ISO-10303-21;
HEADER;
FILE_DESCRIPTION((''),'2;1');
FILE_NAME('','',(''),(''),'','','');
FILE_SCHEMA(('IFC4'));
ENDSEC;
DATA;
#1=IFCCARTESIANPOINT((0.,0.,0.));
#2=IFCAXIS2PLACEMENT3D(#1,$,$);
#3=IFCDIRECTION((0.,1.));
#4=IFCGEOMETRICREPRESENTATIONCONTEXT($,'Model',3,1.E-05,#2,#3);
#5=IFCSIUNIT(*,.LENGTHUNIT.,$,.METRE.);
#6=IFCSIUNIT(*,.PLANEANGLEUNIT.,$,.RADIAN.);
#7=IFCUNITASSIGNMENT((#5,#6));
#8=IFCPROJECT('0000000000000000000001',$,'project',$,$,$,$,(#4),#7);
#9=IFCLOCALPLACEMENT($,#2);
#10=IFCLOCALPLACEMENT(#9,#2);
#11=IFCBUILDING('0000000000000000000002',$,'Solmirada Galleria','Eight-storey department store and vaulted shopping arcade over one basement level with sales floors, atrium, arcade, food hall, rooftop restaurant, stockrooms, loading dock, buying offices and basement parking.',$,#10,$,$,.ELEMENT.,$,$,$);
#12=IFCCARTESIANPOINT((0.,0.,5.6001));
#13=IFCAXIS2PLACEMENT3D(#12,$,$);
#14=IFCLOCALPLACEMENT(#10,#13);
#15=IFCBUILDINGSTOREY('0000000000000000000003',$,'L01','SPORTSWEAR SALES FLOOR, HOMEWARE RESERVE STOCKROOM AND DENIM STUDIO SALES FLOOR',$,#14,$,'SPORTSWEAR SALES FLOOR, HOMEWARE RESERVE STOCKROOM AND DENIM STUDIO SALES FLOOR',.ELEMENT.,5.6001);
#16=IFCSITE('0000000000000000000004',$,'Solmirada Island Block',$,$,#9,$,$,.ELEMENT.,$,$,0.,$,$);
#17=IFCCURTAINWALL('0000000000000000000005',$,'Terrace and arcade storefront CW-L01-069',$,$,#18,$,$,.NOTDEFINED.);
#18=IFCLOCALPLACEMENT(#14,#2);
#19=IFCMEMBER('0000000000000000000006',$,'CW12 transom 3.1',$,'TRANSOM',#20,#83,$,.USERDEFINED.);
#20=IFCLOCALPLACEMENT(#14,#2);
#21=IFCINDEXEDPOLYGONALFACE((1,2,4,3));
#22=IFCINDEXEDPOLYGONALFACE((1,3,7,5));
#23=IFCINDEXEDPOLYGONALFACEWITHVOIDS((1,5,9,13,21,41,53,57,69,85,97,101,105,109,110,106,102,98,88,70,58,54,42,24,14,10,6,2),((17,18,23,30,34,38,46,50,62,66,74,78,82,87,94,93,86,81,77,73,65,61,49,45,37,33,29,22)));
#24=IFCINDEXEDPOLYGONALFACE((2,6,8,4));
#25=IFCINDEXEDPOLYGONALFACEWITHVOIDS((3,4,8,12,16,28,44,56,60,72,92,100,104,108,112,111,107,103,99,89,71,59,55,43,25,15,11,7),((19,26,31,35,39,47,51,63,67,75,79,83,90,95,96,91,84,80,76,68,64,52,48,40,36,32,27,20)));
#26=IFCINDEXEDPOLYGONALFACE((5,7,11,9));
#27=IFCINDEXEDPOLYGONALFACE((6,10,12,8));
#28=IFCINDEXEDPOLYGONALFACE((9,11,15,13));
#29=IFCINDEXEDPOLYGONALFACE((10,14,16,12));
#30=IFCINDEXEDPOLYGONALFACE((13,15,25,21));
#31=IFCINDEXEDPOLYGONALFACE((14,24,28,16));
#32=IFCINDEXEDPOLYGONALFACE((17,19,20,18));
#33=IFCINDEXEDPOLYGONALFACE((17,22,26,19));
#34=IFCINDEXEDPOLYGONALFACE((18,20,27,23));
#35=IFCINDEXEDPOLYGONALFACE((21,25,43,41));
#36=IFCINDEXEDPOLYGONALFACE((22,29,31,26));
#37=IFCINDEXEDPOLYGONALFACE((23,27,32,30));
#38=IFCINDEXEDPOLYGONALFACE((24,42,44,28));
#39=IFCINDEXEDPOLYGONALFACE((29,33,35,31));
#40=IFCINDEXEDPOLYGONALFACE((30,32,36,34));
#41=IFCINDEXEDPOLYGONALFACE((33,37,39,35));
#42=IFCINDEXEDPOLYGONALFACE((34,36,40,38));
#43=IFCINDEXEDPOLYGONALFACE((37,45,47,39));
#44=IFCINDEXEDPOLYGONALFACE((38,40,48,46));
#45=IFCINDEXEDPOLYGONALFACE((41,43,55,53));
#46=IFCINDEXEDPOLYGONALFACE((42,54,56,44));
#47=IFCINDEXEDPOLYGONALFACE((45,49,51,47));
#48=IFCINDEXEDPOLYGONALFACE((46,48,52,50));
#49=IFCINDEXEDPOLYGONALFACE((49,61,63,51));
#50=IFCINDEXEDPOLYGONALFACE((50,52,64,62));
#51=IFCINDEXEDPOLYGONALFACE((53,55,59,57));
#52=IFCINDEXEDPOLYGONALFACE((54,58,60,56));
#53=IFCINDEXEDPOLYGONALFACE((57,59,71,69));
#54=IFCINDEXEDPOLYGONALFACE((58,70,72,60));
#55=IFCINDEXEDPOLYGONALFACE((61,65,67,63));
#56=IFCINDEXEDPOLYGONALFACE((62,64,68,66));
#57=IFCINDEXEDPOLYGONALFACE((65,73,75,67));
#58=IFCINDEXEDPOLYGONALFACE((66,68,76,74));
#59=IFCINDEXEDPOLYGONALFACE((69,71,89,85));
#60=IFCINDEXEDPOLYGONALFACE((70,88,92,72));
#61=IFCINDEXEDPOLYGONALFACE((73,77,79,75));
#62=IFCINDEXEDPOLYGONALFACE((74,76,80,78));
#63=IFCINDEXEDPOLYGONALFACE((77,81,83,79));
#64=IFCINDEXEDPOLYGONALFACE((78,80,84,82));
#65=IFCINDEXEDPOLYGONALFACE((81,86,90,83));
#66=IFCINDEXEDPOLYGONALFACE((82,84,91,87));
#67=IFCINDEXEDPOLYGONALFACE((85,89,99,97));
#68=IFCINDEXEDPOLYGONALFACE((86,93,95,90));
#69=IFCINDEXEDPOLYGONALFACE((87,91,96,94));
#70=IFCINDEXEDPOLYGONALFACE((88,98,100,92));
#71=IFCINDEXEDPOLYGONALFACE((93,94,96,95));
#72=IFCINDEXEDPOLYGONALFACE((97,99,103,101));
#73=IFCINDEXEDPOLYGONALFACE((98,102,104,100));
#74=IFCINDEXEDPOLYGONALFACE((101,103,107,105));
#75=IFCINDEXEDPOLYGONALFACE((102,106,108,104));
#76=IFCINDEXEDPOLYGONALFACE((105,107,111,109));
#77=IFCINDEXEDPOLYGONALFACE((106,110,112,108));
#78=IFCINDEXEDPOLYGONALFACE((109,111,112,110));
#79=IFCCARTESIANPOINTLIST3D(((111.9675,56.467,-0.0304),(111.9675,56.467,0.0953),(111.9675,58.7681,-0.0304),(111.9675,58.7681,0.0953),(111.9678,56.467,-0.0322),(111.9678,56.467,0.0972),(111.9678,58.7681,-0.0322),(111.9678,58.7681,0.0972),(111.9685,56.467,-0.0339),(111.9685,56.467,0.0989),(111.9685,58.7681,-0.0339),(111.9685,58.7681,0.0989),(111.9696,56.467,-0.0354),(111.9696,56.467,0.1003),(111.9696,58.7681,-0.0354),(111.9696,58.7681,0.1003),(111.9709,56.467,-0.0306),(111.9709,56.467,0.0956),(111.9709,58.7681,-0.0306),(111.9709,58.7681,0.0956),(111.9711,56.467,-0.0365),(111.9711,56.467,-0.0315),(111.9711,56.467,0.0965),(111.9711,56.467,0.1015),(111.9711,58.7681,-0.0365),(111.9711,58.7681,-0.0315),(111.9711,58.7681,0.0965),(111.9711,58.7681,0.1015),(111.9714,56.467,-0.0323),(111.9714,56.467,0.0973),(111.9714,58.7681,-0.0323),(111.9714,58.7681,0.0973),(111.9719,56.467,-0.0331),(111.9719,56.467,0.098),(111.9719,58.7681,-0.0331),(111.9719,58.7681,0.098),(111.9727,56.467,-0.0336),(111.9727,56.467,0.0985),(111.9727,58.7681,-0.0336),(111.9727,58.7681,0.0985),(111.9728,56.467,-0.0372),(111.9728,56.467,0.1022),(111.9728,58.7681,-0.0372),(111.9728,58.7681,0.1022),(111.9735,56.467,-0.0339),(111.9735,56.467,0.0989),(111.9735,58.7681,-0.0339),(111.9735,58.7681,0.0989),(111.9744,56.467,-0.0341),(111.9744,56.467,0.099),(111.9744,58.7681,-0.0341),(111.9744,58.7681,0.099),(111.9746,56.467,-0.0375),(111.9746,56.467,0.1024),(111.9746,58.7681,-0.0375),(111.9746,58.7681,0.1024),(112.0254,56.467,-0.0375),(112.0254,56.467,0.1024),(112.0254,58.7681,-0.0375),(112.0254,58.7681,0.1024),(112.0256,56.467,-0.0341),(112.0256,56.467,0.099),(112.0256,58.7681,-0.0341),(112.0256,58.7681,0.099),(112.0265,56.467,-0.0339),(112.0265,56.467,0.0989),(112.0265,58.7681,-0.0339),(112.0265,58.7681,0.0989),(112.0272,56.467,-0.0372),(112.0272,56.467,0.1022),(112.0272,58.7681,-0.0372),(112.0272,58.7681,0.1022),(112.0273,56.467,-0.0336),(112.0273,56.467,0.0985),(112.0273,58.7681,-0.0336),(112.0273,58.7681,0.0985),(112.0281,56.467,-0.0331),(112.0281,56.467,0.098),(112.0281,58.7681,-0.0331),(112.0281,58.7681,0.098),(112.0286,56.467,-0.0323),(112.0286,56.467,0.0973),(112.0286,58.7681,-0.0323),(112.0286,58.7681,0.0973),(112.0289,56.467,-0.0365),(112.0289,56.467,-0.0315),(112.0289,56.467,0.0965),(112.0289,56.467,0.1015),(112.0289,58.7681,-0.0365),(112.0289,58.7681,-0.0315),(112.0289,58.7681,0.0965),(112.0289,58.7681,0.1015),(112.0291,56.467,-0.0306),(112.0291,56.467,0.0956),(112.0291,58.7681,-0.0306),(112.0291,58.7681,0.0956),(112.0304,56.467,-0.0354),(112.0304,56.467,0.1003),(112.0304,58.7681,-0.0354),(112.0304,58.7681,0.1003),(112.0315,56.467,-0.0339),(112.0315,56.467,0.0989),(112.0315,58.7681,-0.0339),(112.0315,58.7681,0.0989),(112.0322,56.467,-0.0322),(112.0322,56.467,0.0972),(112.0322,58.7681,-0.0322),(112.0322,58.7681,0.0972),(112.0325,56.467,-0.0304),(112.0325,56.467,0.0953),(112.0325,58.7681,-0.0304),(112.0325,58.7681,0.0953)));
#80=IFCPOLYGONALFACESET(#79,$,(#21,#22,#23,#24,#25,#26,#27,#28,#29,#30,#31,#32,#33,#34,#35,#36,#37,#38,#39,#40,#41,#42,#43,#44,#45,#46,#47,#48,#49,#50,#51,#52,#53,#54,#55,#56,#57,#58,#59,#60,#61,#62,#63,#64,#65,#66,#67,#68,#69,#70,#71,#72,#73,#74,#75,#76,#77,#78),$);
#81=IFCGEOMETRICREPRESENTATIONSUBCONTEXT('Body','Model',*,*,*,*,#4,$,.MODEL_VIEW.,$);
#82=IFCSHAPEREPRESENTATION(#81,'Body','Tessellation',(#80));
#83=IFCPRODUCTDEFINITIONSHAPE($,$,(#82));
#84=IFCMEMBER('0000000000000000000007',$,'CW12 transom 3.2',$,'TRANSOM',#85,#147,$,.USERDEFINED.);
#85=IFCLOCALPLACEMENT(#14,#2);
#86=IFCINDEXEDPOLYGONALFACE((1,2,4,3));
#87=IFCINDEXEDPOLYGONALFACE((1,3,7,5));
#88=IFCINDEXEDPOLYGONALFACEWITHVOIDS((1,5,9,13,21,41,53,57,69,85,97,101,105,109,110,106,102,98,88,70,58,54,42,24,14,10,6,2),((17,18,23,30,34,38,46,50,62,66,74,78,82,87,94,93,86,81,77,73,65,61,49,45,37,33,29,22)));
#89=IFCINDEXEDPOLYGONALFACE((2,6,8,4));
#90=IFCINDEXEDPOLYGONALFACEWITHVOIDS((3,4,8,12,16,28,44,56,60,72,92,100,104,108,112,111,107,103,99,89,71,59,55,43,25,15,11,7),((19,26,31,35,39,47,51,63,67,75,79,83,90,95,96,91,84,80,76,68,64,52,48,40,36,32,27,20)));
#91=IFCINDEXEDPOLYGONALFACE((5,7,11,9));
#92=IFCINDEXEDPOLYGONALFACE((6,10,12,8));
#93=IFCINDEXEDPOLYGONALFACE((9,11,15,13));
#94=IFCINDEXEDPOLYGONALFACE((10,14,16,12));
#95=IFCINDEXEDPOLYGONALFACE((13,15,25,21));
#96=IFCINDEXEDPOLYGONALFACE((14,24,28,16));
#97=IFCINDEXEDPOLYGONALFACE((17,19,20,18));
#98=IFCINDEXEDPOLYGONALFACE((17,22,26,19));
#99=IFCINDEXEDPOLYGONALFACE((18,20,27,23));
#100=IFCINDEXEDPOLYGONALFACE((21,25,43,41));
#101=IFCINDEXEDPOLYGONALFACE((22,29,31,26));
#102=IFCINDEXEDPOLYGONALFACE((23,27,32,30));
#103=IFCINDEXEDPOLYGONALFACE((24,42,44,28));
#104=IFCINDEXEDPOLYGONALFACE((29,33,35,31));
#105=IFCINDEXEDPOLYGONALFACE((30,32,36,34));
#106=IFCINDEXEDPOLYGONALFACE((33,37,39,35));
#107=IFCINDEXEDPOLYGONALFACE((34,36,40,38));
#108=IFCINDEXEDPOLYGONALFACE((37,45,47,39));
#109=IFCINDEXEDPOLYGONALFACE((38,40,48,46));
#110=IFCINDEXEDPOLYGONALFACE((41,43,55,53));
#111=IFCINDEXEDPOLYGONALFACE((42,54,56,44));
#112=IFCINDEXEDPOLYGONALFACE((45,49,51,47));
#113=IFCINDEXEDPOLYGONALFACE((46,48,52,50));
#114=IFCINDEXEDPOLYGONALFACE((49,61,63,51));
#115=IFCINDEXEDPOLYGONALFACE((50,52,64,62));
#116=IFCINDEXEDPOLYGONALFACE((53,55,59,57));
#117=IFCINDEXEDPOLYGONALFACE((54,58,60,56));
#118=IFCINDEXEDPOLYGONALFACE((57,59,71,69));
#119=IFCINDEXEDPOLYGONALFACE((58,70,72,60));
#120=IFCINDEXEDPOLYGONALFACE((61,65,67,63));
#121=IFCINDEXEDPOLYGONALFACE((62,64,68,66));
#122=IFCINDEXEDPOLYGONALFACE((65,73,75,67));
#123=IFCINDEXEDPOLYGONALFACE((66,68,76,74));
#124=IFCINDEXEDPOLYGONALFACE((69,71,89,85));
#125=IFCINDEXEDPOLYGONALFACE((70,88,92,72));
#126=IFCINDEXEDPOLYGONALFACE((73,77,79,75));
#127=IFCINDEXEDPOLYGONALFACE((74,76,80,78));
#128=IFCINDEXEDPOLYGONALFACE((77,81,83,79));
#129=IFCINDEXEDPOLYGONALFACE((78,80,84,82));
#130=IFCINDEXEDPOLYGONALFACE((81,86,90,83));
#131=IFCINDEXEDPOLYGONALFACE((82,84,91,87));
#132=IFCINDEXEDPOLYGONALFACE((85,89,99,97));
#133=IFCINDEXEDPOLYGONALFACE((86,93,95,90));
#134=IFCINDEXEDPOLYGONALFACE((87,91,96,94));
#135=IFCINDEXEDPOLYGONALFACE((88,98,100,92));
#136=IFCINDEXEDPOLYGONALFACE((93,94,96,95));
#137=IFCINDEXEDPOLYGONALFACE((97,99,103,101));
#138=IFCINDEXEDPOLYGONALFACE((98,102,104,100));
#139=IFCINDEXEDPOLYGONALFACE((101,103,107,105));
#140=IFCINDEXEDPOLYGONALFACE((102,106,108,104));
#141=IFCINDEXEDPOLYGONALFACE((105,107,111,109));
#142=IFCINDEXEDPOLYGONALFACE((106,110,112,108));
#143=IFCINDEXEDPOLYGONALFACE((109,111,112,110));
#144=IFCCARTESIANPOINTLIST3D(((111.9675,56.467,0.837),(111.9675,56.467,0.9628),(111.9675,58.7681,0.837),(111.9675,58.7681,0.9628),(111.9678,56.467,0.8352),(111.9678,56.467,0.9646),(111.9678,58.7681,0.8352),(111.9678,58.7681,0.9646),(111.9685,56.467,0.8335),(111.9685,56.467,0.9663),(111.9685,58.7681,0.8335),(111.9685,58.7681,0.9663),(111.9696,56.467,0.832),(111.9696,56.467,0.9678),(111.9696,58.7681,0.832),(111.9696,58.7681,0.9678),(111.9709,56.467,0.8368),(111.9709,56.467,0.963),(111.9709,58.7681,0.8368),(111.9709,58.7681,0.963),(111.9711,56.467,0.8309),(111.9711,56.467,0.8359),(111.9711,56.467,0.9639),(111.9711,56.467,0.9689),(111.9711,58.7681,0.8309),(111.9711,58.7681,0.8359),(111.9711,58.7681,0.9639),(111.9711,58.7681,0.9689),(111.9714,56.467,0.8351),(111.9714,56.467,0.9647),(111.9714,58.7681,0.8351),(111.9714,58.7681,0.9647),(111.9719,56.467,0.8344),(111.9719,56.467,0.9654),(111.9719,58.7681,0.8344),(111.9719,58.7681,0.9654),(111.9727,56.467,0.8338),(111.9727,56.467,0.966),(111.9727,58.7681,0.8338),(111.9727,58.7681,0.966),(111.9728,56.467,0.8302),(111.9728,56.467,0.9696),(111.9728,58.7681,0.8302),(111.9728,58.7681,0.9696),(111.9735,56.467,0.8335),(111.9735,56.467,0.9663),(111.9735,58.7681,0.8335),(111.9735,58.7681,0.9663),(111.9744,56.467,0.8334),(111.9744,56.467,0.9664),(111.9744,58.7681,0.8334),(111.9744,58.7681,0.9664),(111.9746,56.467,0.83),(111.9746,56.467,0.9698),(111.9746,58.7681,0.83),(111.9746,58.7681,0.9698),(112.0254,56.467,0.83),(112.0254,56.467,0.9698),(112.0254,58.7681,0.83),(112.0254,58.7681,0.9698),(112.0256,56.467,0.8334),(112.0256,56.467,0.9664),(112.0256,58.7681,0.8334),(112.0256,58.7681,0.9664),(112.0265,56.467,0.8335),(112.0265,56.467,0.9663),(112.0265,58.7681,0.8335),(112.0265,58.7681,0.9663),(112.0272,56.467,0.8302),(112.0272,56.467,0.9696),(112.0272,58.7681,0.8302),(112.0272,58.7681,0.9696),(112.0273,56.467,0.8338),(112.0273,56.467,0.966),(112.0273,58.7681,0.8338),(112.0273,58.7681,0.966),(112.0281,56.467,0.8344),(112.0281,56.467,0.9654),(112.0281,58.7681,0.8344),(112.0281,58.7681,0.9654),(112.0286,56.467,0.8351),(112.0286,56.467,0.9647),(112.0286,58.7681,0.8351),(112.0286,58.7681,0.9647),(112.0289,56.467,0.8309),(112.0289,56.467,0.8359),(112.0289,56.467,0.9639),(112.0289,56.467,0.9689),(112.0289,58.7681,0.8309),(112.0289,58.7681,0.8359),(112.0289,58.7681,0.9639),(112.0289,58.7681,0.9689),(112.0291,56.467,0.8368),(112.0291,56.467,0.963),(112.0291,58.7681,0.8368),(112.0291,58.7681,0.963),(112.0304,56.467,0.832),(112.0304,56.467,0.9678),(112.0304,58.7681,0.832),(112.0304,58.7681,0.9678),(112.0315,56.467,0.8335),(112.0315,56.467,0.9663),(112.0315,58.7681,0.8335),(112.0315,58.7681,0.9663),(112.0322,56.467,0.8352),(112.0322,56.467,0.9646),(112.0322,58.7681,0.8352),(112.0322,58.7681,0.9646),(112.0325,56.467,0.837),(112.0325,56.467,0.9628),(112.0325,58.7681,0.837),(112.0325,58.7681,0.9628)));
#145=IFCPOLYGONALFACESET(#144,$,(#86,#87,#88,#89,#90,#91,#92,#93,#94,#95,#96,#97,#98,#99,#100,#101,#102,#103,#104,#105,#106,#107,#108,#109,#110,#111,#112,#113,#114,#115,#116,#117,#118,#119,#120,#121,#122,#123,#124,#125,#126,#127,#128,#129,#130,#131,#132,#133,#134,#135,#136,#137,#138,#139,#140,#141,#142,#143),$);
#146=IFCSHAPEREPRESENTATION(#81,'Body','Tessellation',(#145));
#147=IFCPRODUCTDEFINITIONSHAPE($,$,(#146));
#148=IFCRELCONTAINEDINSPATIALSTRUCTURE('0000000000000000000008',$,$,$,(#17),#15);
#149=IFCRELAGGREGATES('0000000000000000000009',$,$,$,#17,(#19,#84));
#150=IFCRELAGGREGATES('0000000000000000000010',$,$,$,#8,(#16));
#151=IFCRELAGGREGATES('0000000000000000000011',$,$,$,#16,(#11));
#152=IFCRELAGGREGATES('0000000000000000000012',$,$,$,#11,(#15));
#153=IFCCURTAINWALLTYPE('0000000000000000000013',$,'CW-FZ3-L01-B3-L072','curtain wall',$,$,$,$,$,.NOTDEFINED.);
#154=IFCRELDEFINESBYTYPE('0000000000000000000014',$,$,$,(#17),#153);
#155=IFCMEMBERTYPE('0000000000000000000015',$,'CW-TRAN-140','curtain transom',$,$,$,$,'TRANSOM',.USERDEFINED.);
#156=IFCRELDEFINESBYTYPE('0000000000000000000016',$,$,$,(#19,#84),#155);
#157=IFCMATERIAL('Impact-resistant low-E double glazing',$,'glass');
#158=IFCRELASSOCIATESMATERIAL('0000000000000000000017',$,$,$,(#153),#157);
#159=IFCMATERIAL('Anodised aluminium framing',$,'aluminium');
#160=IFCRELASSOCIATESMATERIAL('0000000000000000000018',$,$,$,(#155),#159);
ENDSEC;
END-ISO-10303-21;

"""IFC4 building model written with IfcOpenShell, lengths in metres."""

from ifc_helpers import new_model, si_unit, direction, frame, origin, origin_2d, place, context, subcontext, project, spatial, hollow_rectangle, extrude, material, material_profile, profile_set, type_object, element, aggregate, save


model = new_model("IFC4")

# Units and contexts
model_context = context("Model", 3, precision=1e-05, world=origin(), true_north=direction((0.0, 1.0)))
body_context = subcontext(model_context, "Body", "Model", "MODEL_VIEW")
ifc_project = project(units=[si_unit("LENGTHUNIT", "METRE"), si_unit("PLANEANGLEUNIT", "RADIAN")], contexts=[model_context])

# Site, building, storey
site_placement = place(None, origin())
site = spatial("IfcSite", under=ifc_project, at=site_placement, Name="Solmirada Island Block", CompositionType="ELEMENT", RefElevation=0.0)
building_placement = place(site_placement, origin())
building = spatial("IfcBuilding", under=site, at=building_placement, Name="Solmirada Galleria", Description="Eight-storey department store and vaulted shopping arcade over one basement level with sales floors, atrium, arcade, food hall, rooftop restaurant, stockrooms, loading dock, buying offices and basement parking.", CompositionType="ELEMENT")
storey_placement = place(building_placement, frame((0.0, 0.0, 5.6001)))
storey = spatial("IfcBuildingStorey", under=building, at=storey_placement, Name="L01", Description="SPORTSWEAR SALES FLOOR, HOMEWARE RESERVE STOCKROOM AND DENIM STUDIO SALES FLOOR", LongName="SPORTSWEAR SALES FLOOR, HOMEWARE RESERVE STOCKROOM AND DENIM STUDIO SALES FLOOR", CompositionType="ELEMENT", Elevation=5.6001)

# Curtain wall
ifc_material_1 = material(Name="Impact-resistant low-E double glazing", Category="glass")
curtain_wall_type = type_object("IfcCurtainWallType", Name="CW-FZ3-L01-B3-L072", Description="curtain wall", PredefinedType="NOTDEFINED", material=ifc_material_1)
curtain_wall_1_placement = place(storey_placement, origin())
curtain_wall_1 = element("IfcCurtainWall", 1, at=curtain_wall_1_placement, inside=storey, type_object=curtain_wall_type, Name="Terrace and arcade storefront CW-L01-069", PredefinedType="NOTDEFINED")
ifc_material_2 = material(Name="Anodised aluminium framing", Category="aluminium")

# Members
ifc_material_profile_1 = material_profile(ifc_material_2, hollow_rectangle(XDim=0.0649, YDim=0.1399, WallThickness=0.0034, InnerFilletRadius=0.0034, OuterFilletRadius=0.0071, at=origin_2d()), Name="ALU-TRAN-140X65")
ifc_profile_set_1 = profile_set([ifc_material_profile_1], Name="Anodised aluminium framing")
member_type_1 = type_object("IfcMemberType", Name="CW-TRAN-140", Description="curtain transom", ElementType="TRANSOM", PredefinedType="USERDEFINED", material=ifc_profile_set_1)
member_1_placement = place(storey_placement, frame((112.0, 58.7681, 0.0325), z_axis=(0.0, -1.0, 0.0), x_axis=(1.0, 0.0, 0.0)))
member_1 = element("IfcMember", 2, at=member_1_placement, type_object=member_type_1, Name="CW12 transom 3.1", ObjectType="TRANSOM", PredefinedType="USERDEFINED", context=body_context, shape_type="SweptSolid", body=[
    extrude(hollow_rectangle(XDim=0.0649, YDim=0.1399, WallThickness=0.0034, InnerFilletRadius=0.0034, OuterFilletRadius=0.0071, at=origin_2d()), origin(), (0.0, 0.0, 1.0), 2.301),
])
member_2_placement = place(storey_placement, frame((112.0, 58.7681, 0.8999), z_axis=(0.0, -1.0, 0.0), x_axis=(1.0, 0.0, 0.0)))
member_2 = element("IfcMember", 3, at=member_2_placement, type_object=member_type_1, Name="CW12 transom 3.2", ObjectType="TRANSOM", PredefinedType="USERDEFINED", context=body_context, shape_type="SweptSolid", body=[
    extrude(hollow_rectangle(XDim=0.0649, YDim=0.1399, WallThickness=0.0034, InnerFilletRadius=0.0034, OuterFilletRadius=0.0071, at=origin_2d()), origin(), (0.0, 0.0, 1.0), 2.301),
])

aggregate(curtain_wall_1, [member_1, member_2])

save(model, "model.ifc")
